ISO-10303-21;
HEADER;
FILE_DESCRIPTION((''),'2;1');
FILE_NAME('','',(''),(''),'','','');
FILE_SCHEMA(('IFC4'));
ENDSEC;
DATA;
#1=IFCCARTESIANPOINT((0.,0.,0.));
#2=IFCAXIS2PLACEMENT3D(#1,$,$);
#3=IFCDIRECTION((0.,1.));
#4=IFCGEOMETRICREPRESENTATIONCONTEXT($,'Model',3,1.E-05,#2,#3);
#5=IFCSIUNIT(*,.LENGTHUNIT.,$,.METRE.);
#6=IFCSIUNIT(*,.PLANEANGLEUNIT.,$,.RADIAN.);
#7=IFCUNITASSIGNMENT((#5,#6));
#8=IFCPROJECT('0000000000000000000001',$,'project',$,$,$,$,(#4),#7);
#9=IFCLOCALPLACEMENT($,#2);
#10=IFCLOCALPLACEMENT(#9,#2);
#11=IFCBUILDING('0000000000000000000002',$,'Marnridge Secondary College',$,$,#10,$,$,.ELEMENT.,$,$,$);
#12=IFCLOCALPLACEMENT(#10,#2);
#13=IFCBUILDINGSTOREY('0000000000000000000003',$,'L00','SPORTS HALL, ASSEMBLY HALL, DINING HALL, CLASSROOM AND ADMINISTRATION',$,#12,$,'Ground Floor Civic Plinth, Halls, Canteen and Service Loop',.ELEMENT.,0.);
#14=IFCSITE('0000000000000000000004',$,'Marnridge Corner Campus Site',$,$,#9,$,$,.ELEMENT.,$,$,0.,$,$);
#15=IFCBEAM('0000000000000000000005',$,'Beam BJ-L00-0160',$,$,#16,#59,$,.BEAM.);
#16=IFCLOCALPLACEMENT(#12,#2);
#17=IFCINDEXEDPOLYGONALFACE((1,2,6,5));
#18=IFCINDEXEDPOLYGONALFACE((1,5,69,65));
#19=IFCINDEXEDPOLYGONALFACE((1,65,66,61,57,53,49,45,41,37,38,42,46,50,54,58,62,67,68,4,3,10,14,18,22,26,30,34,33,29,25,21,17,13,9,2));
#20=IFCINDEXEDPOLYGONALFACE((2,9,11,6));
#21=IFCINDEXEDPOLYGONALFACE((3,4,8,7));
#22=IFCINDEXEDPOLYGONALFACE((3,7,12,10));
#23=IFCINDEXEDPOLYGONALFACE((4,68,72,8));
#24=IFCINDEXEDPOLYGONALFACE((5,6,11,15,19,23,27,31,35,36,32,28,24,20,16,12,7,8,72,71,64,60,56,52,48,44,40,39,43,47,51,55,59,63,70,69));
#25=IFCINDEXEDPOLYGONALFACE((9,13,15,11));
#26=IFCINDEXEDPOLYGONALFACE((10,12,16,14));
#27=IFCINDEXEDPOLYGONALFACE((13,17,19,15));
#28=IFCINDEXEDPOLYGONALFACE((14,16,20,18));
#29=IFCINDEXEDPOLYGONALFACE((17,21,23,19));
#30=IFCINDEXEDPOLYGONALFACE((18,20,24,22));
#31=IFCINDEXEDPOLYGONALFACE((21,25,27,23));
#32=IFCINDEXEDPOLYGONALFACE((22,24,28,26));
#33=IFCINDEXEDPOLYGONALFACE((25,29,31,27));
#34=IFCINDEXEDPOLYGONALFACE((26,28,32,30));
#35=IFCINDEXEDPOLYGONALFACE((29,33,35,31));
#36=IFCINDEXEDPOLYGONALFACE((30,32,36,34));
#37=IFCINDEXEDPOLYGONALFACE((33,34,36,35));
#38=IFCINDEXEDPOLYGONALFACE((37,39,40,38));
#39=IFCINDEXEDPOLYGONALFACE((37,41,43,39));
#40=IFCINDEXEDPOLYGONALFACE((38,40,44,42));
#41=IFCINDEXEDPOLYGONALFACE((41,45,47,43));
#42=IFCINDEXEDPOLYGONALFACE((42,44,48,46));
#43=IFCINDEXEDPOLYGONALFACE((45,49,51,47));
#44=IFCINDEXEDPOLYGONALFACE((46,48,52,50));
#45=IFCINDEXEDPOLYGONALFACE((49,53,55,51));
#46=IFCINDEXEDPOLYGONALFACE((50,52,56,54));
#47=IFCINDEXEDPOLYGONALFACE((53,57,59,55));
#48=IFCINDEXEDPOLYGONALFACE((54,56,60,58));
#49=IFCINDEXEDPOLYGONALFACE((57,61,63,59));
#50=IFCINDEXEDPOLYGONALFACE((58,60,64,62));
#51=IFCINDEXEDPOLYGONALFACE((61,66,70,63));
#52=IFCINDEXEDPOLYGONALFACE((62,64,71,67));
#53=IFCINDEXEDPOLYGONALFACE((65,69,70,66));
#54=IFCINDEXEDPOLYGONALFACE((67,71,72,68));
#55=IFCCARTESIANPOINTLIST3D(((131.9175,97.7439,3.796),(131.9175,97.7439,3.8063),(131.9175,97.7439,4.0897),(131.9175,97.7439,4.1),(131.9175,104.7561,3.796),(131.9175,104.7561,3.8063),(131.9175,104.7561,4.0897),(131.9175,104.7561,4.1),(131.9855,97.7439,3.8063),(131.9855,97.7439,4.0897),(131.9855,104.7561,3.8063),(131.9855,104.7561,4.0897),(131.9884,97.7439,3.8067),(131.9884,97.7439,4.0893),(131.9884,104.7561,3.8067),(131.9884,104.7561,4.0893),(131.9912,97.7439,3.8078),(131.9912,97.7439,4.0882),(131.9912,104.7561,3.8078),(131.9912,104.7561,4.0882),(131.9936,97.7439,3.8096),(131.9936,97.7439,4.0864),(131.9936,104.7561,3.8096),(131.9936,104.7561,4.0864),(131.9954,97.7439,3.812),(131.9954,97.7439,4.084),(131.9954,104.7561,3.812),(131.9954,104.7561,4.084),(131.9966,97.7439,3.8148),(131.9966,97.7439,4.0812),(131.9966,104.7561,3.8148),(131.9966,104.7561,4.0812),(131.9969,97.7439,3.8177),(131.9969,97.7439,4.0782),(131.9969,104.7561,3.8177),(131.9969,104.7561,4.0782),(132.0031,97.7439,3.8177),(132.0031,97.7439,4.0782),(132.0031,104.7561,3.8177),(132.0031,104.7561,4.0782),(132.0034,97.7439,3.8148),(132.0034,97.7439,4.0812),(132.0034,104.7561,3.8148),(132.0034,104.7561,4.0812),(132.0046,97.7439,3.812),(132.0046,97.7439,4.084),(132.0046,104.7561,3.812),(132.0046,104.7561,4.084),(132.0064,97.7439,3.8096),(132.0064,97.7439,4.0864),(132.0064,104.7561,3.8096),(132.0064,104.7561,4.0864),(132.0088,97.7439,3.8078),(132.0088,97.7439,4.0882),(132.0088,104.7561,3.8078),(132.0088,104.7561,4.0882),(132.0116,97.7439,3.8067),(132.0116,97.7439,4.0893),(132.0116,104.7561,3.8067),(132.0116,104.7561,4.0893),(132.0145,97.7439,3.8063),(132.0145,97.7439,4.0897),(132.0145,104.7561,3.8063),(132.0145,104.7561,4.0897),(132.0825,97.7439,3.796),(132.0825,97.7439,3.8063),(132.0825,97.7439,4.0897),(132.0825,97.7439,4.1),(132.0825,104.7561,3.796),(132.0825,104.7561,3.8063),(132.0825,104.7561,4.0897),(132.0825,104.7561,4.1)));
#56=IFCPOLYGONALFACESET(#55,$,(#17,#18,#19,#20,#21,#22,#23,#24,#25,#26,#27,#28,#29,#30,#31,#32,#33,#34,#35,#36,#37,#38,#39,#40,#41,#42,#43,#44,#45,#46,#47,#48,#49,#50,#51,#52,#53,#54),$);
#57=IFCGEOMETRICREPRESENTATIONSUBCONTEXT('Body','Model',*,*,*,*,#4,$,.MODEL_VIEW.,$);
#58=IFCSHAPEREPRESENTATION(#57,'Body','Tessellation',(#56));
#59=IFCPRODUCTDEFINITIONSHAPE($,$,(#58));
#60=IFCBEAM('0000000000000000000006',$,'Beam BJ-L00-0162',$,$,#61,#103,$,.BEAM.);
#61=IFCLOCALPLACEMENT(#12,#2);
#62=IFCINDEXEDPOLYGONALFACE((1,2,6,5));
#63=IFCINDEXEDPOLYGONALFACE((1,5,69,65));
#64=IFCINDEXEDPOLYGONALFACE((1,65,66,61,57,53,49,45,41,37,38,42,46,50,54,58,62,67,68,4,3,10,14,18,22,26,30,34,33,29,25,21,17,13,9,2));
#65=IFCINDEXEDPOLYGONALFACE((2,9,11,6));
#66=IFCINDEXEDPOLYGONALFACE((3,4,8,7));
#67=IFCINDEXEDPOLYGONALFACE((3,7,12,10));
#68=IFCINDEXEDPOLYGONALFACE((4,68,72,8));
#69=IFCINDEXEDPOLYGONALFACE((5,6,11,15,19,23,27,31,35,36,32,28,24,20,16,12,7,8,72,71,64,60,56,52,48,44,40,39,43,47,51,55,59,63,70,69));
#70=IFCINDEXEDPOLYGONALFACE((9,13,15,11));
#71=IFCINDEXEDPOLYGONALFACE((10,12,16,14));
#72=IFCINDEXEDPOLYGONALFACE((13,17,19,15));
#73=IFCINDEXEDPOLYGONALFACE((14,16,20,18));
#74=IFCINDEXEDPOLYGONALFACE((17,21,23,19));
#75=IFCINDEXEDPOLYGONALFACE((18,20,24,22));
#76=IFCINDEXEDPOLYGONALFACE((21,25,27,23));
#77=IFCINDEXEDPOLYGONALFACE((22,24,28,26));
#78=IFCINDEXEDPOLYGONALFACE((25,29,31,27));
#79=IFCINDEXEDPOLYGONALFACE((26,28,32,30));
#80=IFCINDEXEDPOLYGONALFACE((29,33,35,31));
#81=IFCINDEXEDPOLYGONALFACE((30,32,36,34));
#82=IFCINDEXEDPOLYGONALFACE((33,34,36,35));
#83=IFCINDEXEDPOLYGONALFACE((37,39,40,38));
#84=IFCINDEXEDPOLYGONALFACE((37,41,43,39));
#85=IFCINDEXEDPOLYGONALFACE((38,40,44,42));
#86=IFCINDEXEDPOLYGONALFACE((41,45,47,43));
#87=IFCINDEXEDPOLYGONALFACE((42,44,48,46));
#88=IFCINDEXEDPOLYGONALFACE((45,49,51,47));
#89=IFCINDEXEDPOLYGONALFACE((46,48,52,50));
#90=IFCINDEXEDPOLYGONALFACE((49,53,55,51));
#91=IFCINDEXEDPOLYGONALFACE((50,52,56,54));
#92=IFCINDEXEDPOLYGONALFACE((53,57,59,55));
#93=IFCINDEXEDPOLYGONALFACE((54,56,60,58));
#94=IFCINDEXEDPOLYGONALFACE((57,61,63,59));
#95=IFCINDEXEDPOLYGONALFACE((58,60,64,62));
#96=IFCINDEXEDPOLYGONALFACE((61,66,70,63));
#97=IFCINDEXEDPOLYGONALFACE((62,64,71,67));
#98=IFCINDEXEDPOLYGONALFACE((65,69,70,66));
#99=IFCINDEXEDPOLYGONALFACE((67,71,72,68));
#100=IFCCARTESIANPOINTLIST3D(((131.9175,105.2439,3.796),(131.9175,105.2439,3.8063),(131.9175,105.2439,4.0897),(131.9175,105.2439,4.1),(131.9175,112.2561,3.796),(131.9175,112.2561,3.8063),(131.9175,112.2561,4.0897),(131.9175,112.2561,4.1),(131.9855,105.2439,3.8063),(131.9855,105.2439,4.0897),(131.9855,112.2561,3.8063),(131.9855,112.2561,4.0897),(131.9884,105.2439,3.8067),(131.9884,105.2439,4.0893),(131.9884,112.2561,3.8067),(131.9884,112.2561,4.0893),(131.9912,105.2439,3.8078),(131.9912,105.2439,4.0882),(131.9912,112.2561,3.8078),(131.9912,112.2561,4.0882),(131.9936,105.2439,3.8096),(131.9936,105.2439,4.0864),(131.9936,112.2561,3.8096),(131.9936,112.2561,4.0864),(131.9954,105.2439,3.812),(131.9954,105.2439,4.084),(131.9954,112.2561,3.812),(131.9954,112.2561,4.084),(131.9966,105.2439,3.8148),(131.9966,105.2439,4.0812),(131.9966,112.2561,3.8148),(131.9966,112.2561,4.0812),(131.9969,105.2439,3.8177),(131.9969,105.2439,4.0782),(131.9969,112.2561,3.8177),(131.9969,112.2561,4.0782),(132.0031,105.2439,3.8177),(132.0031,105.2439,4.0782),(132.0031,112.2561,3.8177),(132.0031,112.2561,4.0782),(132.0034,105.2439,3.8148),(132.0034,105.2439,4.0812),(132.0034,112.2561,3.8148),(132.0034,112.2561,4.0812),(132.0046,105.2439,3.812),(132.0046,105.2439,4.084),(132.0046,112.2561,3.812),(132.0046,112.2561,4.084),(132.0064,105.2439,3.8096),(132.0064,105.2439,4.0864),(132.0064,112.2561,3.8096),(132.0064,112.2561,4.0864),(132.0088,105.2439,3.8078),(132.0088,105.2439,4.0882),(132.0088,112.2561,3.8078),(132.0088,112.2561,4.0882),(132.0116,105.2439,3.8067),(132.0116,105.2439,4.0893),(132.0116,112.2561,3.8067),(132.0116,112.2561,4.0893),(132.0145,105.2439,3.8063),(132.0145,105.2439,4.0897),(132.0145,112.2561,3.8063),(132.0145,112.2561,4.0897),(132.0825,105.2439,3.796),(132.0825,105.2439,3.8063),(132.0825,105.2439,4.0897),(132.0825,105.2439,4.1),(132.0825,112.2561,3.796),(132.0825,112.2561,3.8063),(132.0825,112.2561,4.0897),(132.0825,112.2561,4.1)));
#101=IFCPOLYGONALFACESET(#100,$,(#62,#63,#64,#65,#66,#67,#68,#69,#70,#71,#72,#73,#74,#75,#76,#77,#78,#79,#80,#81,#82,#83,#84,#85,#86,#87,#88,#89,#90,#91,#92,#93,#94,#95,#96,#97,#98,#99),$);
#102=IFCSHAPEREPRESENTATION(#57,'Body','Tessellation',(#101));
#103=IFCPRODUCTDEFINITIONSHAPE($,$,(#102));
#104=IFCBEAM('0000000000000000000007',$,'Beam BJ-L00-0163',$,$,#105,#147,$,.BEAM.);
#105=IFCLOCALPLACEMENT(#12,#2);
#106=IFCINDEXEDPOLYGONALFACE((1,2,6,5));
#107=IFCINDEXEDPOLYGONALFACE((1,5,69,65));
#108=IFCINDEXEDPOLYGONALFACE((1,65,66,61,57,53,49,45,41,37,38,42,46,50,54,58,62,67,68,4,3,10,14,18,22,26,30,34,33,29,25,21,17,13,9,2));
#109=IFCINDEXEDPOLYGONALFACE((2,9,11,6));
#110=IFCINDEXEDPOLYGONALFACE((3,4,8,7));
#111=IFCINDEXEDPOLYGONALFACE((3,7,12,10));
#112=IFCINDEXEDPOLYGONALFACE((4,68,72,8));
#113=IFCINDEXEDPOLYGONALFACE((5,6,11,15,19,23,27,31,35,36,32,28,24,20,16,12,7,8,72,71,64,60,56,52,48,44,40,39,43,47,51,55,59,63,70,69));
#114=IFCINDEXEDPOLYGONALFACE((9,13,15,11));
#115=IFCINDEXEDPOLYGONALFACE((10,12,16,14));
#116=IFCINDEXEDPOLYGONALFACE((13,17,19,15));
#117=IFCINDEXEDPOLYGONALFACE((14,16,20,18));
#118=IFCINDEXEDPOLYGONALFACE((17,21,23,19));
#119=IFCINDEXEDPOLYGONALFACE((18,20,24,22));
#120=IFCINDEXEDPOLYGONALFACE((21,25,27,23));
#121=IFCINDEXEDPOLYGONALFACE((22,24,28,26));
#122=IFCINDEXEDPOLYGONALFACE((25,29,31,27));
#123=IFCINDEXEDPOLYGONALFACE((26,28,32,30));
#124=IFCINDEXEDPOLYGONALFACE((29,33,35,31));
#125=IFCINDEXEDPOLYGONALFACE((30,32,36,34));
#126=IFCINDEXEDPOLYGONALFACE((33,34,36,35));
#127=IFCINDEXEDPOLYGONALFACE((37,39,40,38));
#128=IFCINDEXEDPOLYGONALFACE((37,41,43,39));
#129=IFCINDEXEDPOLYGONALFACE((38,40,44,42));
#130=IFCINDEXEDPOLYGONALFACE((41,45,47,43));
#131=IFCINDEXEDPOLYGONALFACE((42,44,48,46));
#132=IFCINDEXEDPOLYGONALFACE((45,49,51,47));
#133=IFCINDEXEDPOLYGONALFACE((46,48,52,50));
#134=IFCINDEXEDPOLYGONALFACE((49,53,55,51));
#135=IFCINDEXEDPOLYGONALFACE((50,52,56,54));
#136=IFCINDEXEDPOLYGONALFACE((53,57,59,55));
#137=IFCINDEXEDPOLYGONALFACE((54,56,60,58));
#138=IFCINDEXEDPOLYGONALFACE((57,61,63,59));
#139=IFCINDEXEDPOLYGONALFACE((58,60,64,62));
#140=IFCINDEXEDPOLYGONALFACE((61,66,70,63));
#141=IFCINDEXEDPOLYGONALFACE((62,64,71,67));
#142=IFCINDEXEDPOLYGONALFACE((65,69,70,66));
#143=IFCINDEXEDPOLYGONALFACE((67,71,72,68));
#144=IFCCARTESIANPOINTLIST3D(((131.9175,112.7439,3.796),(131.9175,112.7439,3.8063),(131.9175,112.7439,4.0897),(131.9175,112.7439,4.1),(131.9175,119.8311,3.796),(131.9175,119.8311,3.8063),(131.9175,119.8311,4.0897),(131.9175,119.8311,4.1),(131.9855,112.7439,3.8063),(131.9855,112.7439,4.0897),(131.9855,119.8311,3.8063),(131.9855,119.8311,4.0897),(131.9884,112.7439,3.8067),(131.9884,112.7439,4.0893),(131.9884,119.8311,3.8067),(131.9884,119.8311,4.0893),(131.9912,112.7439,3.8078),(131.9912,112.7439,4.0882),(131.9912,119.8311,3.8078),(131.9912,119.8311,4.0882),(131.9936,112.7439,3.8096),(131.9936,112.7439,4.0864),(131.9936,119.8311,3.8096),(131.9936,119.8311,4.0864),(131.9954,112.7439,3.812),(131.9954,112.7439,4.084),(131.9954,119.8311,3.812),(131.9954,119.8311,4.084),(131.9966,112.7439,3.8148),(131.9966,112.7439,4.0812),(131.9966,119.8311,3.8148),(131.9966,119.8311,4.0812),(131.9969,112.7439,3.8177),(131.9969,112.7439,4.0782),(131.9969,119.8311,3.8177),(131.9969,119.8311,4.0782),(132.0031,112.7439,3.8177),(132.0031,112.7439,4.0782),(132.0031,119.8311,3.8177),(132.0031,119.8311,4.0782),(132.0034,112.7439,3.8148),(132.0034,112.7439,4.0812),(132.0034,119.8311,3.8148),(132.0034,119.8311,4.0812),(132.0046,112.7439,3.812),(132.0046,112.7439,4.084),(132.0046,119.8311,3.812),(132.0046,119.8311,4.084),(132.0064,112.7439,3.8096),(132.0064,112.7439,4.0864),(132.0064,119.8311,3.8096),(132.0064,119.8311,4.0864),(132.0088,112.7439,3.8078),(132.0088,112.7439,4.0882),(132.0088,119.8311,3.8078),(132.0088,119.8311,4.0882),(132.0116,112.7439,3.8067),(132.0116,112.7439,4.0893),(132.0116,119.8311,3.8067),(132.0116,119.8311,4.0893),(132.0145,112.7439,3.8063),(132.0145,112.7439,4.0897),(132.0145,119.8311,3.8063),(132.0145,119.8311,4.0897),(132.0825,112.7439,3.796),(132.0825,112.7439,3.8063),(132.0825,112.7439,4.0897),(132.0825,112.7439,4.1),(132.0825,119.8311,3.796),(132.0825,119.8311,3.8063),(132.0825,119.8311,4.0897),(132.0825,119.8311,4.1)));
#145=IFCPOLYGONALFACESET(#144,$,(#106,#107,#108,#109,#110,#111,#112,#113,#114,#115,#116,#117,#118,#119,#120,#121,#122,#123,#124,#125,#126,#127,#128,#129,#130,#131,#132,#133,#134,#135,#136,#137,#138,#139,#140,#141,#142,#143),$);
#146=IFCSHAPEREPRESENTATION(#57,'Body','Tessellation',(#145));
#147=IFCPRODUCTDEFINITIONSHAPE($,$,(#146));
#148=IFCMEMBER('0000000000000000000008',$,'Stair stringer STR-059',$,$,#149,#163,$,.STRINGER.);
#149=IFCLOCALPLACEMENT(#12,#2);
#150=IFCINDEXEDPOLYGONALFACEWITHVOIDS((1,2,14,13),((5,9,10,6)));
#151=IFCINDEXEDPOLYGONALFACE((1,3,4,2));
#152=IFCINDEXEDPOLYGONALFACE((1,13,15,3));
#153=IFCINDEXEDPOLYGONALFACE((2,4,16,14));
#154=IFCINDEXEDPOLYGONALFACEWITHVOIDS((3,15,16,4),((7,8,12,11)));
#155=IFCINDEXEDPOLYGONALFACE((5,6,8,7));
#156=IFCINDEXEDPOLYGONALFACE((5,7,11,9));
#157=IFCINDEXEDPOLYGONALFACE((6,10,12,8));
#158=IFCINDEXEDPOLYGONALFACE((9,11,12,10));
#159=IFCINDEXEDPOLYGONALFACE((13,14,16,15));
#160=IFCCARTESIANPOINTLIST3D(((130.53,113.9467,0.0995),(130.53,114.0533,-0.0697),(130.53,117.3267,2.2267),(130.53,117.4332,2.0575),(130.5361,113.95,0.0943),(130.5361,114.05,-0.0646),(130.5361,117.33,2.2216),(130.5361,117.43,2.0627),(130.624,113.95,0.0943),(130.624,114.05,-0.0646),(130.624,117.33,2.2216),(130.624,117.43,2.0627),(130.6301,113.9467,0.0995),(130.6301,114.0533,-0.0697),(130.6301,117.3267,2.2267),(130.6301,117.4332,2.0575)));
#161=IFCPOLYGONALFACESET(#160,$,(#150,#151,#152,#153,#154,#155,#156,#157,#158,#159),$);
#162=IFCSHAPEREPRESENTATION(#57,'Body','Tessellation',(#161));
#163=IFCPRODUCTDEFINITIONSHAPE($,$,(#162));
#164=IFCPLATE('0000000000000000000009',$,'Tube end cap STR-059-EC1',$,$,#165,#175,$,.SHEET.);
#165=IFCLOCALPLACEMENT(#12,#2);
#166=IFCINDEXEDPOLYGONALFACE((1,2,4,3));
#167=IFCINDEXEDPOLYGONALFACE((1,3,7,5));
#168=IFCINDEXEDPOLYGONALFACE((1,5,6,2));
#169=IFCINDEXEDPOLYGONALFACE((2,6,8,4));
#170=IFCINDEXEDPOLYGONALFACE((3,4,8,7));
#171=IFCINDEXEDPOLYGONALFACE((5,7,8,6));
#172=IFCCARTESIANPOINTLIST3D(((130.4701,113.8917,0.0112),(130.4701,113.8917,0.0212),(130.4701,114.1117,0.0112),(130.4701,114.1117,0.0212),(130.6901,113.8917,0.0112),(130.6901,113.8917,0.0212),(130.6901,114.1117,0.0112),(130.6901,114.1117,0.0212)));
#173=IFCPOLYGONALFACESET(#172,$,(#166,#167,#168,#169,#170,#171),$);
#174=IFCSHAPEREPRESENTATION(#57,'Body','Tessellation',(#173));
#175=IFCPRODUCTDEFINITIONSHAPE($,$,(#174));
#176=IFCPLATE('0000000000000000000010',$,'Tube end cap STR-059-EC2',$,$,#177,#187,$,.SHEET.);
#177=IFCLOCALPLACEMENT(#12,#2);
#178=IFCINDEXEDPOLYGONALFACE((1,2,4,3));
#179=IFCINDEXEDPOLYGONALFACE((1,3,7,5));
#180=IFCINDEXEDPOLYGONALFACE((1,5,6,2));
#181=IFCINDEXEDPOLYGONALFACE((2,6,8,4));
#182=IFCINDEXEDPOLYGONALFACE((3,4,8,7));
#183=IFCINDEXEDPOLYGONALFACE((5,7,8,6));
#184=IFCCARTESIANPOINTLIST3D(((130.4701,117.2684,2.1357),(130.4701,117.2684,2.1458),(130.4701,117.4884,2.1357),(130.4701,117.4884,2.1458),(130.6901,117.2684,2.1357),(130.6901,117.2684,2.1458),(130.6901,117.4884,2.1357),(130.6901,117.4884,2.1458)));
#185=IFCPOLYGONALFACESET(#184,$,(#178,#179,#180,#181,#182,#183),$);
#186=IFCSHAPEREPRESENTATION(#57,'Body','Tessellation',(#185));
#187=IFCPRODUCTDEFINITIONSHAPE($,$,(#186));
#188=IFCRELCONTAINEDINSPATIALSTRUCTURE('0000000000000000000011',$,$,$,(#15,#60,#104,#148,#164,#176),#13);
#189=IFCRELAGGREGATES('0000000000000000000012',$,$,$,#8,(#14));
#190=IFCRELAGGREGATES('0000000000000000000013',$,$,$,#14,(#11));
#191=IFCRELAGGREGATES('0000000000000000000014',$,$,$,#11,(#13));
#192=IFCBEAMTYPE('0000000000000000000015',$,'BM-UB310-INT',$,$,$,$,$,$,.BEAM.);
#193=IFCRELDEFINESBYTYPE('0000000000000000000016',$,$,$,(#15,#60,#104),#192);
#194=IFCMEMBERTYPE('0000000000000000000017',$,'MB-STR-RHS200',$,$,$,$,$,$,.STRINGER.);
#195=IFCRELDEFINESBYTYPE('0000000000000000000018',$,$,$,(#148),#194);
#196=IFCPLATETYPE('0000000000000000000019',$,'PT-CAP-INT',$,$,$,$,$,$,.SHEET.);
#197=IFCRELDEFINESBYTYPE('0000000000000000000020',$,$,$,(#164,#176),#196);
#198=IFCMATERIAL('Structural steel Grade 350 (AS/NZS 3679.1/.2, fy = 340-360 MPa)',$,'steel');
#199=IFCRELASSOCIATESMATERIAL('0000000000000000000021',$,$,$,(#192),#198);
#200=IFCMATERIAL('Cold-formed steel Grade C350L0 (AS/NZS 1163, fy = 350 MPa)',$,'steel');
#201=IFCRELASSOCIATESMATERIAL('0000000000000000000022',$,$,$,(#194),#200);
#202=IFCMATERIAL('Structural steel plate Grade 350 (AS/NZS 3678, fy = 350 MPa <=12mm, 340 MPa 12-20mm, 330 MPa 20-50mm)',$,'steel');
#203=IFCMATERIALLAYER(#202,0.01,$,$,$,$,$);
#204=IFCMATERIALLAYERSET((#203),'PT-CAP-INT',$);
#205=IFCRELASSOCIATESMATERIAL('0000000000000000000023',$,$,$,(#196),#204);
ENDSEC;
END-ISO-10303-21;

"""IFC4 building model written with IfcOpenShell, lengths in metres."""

from ifc_helpers import new_model, si_unit, direction, frame, origin, origin_2d, place, context, subcontext, project, spatial, rectangle, hollow_rectangle, i_section, extrude, material, layer, layer_set, material_profile, profile_set, type_object, element, save


model = new_model("IFC4")

# Units and contexts
model_context = context("Model", 3, precision=1e-05, world=origin(), true_north=direction((0.0, 1.0)))
body_context = subcontext(model_context, "Body", "Model", "MODEL_VIEW")
ifc_project = project(units=[si_unit("LENGTHUNIT", "METRE"), si_unit("PLANEANGLEUNIT", "RADIAN")], contexts=[model_context])

# Site, building, storey
site_placement = place(None, origin())
site = spatial("IfcSite", under=ifc_project, at=site_placement, Name="Marnridge Corner Campus Site", CompositionType="ELEMENT", RefElevation=0.0)
building_placement = place(site_placement, origin())
building = spatial("IfcBuilding", under=site, at=building_placement, Name="Marnridge Secondary College", CompositionType="ELEMENT")
storey_placement = place(building_placement, origin())
storey = spatial("IfcBuildingStorey", under=building, at=storey_placement, Name="L00", Description="SPORTS HALL, ASSEMBLY HALL, DINING HALL, CLASSROOM AND ADMINISTRATION", LongName="Ground Floor Civic Plinth, Halls, Canteen and Service Loop", CompositionType="ELEMENT", Elevation=0.0)

# Beams
ifc_material_1 = material(Name="Structural steel Grade 350 (AS/NZS 3679.1/.2, fy = 340-360 MPa)", Category="steel")
ifc_material_profile_1 = material_profile(ifc_material_1, i_section(OverallWidth=0.165, OverallDepth=0.304, WebThickness=0.0061, FlangeThickness=0.0103, FilletRadius=0.0115, at=origin_2d()), Name="310UB40.4")
ifc_profile_set_1 = profile_set([ifc_material_profile_1], Name="Structural steel Grade 350 (AS/NZS 3679.1/.2, fy = 340-360 MPa)")
beam_type_1 = type_object("IfcBeamType", Name="BM-UB310-INT", PredefinedType="BEAM", material=ifc_profile_set_1)
for number, where, z_axis, x_axis, name in (
    (1, (132.0, 97.7439, 3.948), (0.0, 1.0, 0.0), (-1.0, 0.0, 0.0), "Beam BJ-L00-0160"),
    (2, (132.0, 105.2439, 3.948), (0.0, 1.0, 0.0), (-1.0, 0.0, 0.0), "Beam BJ-L00-0162"),
):
    element("IfcBeam", number, at=place(storey_placement, frame(where, z_axis=z_axis, x_axis=x_axis)), inside=storey, type_object=beam_type_1, Name=name, PredefinedType="BEAM", context=body_context, shape_type="SweptSolid", body=[
        extrude(i_section(OverallWidth=0.165, OverallDepth=0.304, WebThickness=0.0061, FlangeThickness=0.0103, FilletRadius=0.0115, at=origin_2d()), origin(), (0.0, 0.0, 1.0), 7.0122),
    ])
beam_placement = place(storey_placement, frame((132.0, 112.7439, 3.948), z_axis=(0.0, 1.0, 0.0), x_axis=(-1.0, 0.0, 0.0)))
element("IfcBeam", 3, at=beam_placement, inside=storey, type_object=beam_type_1, Name="Beam BJ-L00-0163", PredefinedType="BEAM", context=body_context, shape_type="SweptSolid", body=[
    extrude(i_section(OverallWidth=0.165, OverallDepth=0.304, WebThickness=0.0061, FlangeThickness=0.0103, FilletRadius=0.0115, at=origin_2d()), origin(), (0.0, 0.0, 1.0), 7.0872),
])

# Member
ifc_material_2 = material(Name="Cold-formed steel Grade C350L0 (AS/NZS 1163, fy = 350 MPa)", Category="steel")
ifc_material_profile_2 = material_profile(ifc_material_2, hollow_rectangle(XDim=0.1001, YDim=0.2, WallThickness=0.0061, at=origin_2d()), Name="200x100x6.0RHS")
ifc_profile_set_2 = profile_set([ifc_material_profile_2], Name="Cold-formed steel Grade C350L0 (AS/NZS 1163, fy = 350 MPa)")
member_type = type_object("IfcMemberType", Name="MB-STR-RHS200", PredefinedType="STRINGER", material=ifc_profile_set_2)
member_placement = place(storey_placement, frame((130.5801, 114.0, 0.0149), z_axis=(0.0, 0.846332, 0.532656), x_axis=(-1.0, 0.0, 0.0)))
element("IfcMember", 4, at=member_placement, inside=storey, type_object=member_type, Name="Stair stringer STR-059", PredefinedType="STRINGER", context=body_context, shape_type="SweptSolid", body=[
    extrude(hollow_rectangle(XDim=0.1001, YDim=0.2, WallThickness=0.0061, at=origin_2d()), origin(), (0.0, 0.0, 1.0), 3.9937),
])

# Plates
ifc_material_3 = material(Name="Structural steel plate Grade 350 (AS/NZS 3678, fy = 350 MPa <=12mm, 340 MPa 12-20mm, 330 MPa 20-50mm)", Category="steel")
ifc_layer_1 = layer(ifc_material_3, 0.01)
ifc_layer_set_1 = layer_set([ifc_layer_1], Name="PT-CAP-INT")
plate_type = type_object("IfcPlateType", Name="PT-CAP-INT", PredefinedType="SHEET", material=ifc_layer_set_1)
for number, where, z_axis, x_axis, name in (
    (5, (130.5801, 114.0017, 0.0112), (0.0, 0.0, 1.0), (0.0, 1.0, 0.0), "Tube end cap STR-059-EC1"),
    (6, (130.5801, 117.3784, 2.1357), (0.0, 0.0, 1.0), (0.0, 1.0, 0.0), "Tube end cap STR-059-EC2"),
):
    element("IfcPlate", number, at=place(storey_placement, frame(where, z_axis=z_axis, x_axis=x_axis)), inside=storey, type_object=plate_type, Name=name, PredefinedType="SHEET", context=body_context, shape_type="SweptSolid", body=[
        extrude(rectangle(XDim=0.22, YDim=0.22, at=origin_2d()), origin(), (0.0, 0.0, 1.0), 0.01),
    ])

save(model, "model.ifc")
